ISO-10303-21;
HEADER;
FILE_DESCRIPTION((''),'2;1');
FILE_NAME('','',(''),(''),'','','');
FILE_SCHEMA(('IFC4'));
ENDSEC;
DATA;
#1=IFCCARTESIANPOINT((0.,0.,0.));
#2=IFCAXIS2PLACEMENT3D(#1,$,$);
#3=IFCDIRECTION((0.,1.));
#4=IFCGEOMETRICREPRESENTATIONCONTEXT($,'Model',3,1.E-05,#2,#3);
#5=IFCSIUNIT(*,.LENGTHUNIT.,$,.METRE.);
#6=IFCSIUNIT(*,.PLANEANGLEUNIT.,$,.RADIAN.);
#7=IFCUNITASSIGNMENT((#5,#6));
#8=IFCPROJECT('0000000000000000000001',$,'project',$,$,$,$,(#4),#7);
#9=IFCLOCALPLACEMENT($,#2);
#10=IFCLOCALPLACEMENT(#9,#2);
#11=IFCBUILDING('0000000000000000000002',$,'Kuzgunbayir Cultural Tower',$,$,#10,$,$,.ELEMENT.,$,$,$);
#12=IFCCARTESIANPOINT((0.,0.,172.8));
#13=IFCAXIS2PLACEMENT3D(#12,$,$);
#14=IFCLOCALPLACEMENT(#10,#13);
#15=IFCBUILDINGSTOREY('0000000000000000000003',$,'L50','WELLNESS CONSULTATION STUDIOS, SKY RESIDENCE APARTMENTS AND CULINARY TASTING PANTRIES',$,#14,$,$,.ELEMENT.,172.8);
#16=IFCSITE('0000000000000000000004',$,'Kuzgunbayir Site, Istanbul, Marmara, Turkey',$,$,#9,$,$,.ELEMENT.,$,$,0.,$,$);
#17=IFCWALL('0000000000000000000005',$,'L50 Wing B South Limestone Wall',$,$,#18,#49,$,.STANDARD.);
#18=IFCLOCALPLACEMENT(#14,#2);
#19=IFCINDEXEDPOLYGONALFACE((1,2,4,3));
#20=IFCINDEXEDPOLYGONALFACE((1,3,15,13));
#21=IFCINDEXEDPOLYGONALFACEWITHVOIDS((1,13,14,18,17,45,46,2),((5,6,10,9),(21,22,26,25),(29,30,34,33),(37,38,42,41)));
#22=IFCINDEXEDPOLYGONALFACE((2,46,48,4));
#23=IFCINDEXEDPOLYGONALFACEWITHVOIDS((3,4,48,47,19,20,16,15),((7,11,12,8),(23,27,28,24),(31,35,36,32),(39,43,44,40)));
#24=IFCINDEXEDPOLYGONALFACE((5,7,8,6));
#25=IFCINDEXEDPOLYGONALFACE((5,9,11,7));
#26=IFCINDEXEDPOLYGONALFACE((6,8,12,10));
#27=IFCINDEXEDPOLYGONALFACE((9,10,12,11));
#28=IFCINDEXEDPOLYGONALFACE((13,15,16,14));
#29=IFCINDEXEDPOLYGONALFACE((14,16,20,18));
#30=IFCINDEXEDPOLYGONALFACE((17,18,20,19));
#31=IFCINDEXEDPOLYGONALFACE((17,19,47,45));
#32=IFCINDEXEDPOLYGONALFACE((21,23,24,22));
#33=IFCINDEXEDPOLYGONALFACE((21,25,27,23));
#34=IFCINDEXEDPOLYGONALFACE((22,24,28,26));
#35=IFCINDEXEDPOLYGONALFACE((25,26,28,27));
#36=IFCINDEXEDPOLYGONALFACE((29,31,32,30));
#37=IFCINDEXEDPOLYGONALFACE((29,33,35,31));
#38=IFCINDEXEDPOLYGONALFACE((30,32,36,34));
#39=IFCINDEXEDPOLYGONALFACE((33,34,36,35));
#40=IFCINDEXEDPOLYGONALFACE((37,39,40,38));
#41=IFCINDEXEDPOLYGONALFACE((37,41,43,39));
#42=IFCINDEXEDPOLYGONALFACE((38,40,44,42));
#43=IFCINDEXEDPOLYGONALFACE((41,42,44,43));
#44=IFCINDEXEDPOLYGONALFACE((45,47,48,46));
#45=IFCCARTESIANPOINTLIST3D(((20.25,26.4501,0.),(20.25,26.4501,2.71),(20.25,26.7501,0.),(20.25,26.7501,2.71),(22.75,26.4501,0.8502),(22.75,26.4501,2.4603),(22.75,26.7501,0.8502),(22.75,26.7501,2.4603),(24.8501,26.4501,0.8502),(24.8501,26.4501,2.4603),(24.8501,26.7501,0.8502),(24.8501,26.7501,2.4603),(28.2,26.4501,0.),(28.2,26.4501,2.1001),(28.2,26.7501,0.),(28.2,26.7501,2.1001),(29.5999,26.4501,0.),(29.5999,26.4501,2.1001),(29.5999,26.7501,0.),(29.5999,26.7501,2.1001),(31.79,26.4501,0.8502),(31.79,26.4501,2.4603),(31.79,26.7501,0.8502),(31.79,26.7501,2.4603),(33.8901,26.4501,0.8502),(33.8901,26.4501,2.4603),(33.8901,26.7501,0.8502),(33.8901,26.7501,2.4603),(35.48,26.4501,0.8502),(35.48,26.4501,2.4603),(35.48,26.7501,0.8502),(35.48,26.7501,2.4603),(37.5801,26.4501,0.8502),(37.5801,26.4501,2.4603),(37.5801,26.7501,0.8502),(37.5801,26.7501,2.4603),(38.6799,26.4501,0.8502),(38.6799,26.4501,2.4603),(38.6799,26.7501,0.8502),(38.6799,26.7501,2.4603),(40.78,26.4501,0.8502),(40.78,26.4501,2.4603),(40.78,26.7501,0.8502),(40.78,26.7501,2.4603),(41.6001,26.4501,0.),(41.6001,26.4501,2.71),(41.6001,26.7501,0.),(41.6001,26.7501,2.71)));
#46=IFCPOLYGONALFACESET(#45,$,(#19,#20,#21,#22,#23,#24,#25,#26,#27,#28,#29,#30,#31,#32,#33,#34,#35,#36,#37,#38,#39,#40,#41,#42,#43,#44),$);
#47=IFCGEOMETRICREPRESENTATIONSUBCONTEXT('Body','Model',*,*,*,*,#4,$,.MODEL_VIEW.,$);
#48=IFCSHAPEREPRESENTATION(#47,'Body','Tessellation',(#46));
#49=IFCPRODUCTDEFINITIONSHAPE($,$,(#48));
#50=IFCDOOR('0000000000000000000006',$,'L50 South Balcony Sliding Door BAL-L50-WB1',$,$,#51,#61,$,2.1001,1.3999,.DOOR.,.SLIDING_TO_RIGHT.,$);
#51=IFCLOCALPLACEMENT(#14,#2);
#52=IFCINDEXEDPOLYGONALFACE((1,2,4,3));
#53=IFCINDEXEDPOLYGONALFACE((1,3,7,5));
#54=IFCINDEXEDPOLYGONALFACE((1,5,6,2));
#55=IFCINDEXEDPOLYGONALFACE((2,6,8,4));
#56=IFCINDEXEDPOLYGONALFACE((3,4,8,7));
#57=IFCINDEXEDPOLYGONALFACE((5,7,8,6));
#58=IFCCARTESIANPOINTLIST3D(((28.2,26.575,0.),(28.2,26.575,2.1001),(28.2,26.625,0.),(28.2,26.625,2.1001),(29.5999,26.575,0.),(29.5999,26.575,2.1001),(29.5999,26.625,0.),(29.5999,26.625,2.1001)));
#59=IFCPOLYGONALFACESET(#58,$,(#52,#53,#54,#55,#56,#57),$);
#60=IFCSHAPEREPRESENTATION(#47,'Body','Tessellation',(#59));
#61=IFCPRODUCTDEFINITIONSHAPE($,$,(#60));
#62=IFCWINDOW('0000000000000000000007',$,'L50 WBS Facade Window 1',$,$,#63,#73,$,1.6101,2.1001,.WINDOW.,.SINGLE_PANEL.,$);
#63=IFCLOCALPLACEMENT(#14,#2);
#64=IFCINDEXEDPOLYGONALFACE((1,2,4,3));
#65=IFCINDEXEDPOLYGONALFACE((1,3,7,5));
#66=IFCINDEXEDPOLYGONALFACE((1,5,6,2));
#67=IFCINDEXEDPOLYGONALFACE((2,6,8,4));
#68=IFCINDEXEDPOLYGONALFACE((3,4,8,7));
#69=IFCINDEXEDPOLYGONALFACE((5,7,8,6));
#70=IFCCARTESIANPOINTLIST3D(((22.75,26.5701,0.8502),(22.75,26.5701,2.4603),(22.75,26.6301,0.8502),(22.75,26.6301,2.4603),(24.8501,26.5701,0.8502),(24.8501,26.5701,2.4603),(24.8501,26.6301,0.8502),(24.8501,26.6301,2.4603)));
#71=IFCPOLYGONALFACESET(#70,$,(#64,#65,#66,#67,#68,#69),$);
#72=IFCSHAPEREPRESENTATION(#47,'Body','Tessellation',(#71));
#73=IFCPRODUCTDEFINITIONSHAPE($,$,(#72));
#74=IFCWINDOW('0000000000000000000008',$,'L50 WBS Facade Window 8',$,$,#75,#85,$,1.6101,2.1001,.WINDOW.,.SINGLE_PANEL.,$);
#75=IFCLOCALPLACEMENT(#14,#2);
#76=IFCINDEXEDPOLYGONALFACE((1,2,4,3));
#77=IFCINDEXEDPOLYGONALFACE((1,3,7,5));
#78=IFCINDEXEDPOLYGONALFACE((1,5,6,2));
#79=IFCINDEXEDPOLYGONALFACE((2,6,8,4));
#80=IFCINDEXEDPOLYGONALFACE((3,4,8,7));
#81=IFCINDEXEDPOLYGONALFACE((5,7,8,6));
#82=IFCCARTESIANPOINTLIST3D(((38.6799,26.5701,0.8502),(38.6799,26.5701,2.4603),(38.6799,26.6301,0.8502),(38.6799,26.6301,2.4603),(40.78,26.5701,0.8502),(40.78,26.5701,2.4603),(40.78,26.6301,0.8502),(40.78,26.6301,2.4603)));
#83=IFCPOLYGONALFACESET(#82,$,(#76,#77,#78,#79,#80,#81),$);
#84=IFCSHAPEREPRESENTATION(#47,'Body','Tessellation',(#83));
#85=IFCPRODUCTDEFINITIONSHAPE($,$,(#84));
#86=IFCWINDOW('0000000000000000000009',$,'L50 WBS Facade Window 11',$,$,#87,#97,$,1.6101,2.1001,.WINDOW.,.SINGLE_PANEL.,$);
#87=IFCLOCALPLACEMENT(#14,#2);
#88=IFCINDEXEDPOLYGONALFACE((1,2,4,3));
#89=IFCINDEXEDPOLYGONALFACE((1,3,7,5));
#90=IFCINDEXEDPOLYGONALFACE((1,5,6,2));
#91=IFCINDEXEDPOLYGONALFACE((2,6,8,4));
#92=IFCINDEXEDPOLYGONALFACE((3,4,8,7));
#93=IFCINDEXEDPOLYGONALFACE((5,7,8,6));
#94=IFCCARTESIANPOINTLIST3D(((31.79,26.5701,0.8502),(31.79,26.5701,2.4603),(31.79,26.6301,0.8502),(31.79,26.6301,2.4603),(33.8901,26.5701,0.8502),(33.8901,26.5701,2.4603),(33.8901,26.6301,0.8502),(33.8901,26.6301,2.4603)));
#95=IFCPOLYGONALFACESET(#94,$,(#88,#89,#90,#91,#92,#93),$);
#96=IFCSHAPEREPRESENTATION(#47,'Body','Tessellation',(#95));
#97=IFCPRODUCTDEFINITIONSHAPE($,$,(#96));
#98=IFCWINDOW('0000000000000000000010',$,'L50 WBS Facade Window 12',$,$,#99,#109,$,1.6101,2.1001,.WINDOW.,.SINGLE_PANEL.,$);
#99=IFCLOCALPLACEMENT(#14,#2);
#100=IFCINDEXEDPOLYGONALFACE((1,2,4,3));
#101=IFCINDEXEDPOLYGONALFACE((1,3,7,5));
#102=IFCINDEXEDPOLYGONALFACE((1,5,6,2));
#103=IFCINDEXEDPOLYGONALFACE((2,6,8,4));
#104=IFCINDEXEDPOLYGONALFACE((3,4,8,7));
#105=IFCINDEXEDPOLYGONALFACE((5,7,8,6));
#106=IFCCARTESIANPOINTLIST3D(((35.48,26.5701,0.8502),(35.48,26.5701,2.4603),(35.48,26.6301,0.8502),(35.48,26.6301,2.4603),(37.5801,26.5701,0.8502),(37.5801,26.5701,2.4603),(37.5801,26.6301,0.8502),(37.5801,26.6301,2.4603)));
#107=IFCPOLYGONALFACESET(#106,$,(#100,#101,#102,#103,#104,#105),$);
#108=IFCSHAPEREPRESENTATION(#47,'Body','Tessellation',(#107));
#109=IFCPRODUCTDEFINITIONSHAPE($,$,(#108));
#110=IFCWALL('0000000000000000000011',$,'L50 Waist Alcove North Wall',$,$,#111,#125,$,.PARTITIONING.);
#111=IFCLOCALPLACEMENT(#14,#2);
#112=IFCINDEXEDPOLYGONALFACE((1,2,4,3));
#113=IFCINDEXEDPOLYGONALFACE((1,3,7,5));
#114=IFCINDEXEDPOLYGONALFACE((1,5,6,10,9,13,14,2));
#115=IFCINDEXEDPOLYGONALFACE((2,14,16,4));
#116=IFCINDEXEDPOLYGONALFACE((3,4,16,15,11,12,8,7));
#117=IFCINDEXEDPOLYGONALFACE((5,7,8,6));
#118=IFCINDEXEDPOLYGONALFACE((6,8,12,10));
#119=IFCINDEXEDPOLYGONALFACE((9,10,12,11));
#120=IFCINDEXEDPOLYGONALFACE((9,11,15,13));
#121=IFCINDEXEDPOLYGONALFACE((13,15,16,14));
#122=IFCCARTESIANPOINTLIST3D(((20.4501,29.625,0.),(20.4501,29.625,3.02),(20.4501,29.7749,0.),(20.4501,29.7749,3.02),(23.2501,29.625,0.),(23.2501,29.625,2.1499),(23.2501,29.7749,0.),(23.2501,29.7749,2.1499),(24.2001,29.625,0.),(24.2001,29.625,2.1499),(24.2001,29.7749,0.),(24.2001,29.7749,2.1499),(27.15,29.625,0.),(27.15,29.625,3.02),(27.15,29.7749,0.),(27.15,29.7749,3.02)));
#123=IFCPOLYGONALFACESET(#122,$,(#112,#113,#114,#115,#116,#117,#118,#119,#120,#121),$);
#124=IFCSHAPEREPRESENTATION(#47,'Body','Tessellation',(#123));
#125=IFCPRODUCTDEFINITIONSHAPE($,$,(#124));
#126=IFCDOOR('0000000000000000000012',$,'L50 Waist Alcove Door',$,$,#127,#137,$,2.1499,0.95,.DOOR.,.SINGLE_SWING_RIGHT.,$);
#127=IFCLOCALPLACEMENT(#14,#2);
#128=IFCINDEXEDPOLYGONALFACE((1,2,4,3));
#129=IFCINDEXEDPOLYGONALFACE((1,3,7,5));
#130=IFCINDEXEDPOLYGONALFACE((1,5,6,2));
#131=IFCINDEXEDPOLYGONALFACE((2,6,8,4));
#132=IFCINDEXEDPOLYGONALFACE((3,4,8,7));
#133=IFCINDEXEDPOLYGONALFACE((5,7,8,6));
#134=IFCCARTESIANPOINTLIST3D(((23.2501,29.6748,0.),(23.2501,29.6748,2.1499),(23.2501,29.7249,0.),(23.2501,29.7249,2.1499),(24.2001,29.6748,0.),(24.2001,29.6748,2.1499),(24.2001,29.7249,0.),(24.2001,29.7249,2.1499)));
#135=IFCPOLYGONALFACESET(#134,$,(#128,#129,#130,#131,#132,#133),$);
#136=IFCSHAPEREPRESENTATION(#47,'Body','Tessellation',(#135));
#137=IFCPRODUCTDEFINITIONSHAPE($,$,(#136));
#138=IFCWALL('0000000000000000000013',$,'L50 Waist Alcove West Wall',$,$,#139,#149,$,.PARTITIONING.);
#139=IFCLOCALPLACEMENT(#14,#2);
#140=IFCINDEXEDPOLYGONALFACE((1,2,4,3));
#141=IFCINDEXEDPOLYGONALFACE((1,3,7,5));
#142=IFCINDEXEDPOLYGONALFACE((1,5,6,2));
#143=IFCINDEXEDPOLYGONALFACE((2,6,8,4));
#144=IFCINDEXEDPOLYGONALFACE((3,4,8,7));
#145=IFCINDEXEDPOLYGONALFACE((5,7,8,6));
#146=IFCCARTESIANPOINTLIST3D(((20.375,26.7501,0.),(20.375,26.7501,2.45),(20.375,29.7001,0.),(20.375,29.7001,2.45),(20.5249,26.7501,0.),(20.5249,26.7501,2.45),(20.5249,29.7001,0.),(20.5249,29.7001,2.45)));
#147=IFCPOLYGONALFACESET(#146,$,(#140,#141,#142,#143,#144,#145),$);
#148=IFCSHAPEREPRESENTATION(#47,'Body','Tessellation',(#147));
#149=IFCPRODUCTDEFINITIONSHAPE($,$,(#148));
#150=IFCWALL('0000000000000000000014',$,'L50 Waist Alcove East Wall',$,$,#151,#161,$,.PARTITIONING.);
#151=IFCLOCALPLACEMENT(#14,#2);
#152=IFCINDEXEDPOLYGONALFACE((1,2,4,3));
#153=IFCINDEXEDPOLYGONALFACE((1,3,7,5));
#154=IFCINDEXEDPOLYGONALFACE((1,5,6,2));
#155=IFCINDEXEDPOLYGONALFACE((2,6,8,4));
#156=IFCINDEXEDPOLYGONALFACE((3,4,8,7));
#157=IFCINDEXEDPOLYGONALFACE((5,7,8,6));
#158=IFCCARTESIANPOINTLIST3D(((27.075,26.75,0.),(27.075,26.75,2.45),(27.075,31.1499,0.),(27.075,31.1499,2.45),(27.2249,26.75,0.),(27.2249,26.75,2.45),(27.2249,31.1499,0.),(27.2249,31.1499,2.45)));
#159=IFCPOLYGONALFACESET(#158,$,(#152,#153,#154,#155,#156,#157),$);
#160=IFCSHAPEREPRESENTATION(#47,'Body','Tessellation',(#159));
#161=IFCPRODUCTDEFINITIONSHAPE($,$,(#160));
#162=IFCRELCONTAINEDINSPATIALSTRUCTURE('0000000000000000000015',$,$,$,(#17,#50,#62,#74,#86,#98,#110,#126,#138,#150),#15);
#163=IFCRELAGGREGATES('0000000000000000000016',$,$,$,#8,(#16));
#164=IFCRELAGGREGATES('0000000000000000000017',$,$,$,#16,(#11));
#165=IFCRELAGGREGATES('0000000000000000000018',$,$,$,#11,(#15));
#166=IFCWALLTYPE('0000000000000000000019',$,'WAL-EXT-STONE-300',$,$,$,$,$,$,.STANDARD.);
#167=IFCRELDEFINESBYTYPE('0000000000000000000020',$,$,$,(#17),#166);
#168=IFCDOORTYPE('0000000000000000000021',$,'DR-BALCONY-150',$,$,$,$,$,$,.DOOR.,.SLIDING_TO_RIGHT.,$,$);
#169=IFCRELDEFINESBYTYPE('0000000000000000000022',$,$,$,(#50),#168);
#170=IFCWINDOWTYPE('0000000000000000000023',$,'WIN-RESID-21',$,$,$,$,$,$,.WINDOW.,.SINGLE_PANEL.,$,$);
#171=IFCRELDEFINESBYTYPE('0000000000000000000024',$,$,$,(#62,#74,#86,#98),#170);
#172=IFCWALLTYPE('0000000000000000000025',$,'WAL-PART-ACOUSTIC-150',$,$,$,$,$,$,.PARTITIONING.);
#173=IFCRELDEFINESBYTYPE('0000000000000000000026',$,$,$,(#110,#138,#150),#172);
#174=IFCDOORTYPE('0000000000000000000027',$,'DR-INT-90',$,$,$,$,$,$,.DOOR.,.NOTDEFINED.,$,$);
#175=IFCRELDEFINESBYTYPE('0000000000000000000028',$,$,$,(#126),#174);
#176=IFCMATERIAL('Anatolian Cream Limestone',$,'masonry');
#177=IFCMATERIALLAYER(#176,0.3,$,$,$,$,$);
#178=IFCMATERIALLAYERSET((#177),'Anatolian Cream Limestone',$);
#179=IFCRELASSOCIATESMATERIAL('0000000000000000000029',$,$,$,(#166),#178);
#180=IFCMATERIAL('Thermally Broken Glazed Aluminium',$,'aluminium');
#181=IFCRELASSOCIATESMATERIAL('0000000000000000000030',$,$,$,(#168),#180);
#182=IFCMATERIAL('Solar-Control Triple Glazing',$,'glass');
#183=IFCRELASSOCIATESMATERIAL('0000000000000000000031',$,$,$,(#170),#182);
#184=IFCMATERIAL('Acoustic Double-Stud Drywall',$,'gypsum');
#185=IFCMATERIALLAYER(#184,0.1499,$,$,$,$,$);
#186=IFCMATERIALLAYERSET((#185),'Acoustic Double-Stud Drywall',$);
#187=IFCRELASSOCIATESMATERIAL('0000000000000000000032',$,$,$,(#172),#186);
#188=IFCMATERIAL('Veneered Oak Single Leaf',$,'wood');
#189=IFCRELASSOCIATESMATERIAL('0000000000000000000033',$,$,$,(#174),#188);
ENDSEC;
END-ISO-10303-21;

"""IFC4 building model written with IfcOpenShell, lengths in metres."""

from ifc_helpers import new_model, si_unit, direction, frame, frame_2d, origin, place, context, subcontext, project, spatial, rectangle, extrude, material, layer, layer_set, type_object, element, fill, save


model = new_model("IFC4")

# Units and contexts
model_context = context("Model", 3, precision=1e-05, world=origin(), true_north=direction((0.0, 1.0)))
body_context = subcontext(model_context, "Body", "Model", "MODEL_VIEW")
ifc_project = project(units=[si_unit("LENGTHUNIT", "METRE"), si_unit("PLANEANGLEUNIT", "RADIAN")], contexts=[model_context])

# Site, building, storey
site_placement = place(None, origin())
site = spatial("IfcSite", under=ifc_project, at=site_placement, Name="Kuzgunbayir Site, Istanbul, Marmara, Turkey", CompositionType="ELEMENT", RefElevation=0.0)
building_placement = place(site_placement, origin())
building = spatial("IfcBuilding", under=site, at=building_placement, Name="Kuzgunbayir Cultural Tower", CompositionType="ELEMENT")
storey_placement = place(building_placement, frame((0.0, 0.0, 172.8)))
storey = spatial("IfcBuildingStorey", under=building, at=storey_placement, Name="L50", Description="WELLNESS CONSULTATION STUDIOS, SKY RESIDENCE APARTMENTS AND CULINARY TASTING PANTRIES", CompositionType="ELEMENT", Elevation=172.8)

# Wall, openings, door, windows
ifc_material_1 = material(Name="Anatolian Cream Limestone", Category="masonry")
ifc_layer_1 = layer(ifc_material_1, 0.3)
ifc_layer_set_1 = layer_set([ifc_layer_1], Name="Anatolian Cream Limestone")
wall_type_1 = type_object("IfcWallType", Name="WAL-EXT-STONE-300", PredefinedType="STANDARD", material=ifc_layer_set_1)
wall_1_placement = place(storey_placement, frame((20.25, 26.6001, 0.0), z_axis=(0.0, 0.0, 1.0), x_axis=(1.0, 0.0, 0.0)))
wall_1 = element("IfcWall", 1, at=wall_1_placement, inside=storey, type_object=wall_type_1, Name="L50 Wing B South Limestone Wall", PredefinedType="STANDARD", context=body_context, shape_type="SweptSolid", body=[
    extrude(rectangle(XDim=21.3501, YDim=0.3, at=frame_2d((10.675, 0.0))), origin(), (0.0, 0.0, 1.0), 2.71),
])
opening_1_placement = place(wall_1_placement, frame((7.95, 0.0, 0.0)))
opening_1 = element("IfcOpeningElement", 2, at=opening_1_placement, cuts=wall_1, PredefinedType="OPENING", context=body_context, shape_type="SweptSolid", body=[
    extrude(rectangle(XDim=1.3999, YDim=2.1001, at=frame_2d((0.7, 1.05))), frame((0.0, 0.1602, 0.0), z_axis=(0.0, -1.0, 0.0), x_axis=(1.0, 0.0, 0.0)), (0.0, 0.0, 1.0), 0.3201),
])
opening_2_placement = place(wall_1_placement, frame((2.5, 0.0, 0.8501)))
opening_2 = element("IfcOpeningElement", 3, at=opening_2_placement, cuts=wall_1, PredefinedType="OPENING", context=body_context, shape_type="SweptSolid", body=[
    extrude(rectangle(XDim=2.1001, YDim=1.6101, at=frame_2d((1.05, 0.8052))), frame((0.0, 0.1602, 0.0), z_axis=(0.0, -1.0, 0.0), x_axis=(1.0, 0.0, 0.0)), (0.0, 0.0, 1.0), 0.3201),
])
opening_3_placement = place(wall_1_placement, frame((18.4299, 0.0, 0.8501)))
opening_3 = element("IfcOpeningElement", 4, at=opening_3_placement, cuts=wall_1, PredefinedType="OPENING", context=body_context, shape_type="SweptSolid", body=[
    extrude(rectangle(XDim=2.1001, YDim=1.6101, at=frame_2d((1.05, 0.8052))), frame((0.0, 0.1602, 0.0), z_axis=(0.0, -1.0, 0.0), x_axis=(1.0, 0.0, 0.0)), (0.0, 0.0, 1.0), 0.3201),
])
opening_4_placement = place(wall_1_placement, frame((11.54, 0.0, 0.8501)))
opening_4 = element("IfcOpeningElement", 5, at=opening_4_placement, cuts=wall_1, PredefinedType="OPENING", context=body_context, shape_type="SweptSolid", body=[
    extrude(rectangle(XDim=2.1001, YDim=1.6101, at=frame_2d((1.05, 0.8052))), frame((0.0, 0.1602, 0.0), z_axis=(0.0, -1.0, 0.0), x_axis=(1.0, 0.0, 0.0)), (0.0, 0.0, 1.0), 0.3201),
])
opening_5_placement = place(wall_1_placement, frame((15.23, 0.0, 0.8501)))
opening_5 = element("IfcOpeningElement", 6, at=opening_5_placement, cuts=wall_1, PredefinedType="OPENING", context=body_context, shape_type="SweptSolid", body=[
    extrude(rectangle(XDim=2.1001, YDim=1.6101, at=frame_2d((1.05, 0.8052))), frame((0.0, 0.1602, 0.0), z_axis=(0.0, -1.0, 0.0), x_axis=(1.0, 0.0, 0.0)), (0.0, 0.0, 1.0), 0.3201),
])
ifc_material_2 = material(Name="Thermally Broken Glazed Aluminium", Category="aluminium")
door_type_1 = type_object("IfcDoorType", Name="DR-BALCONY-150", OperationType="SLIDING_TO_RIGHT", PredefinedType="DOOR", material=ifc_material_2)
door_1_placement = place(opening_1_placement, origin())
door_1 = element("IfcDoor", 7, at=door_1_placement, inside=storey, type_object=door_type_1, Name="L50 South Balcony Sliding Door BAL-L50-WB1", OperationType="SLIDING_TO_RIGHT", OverallHeight=2.1001, OverallWidth=1.3999, PredefinedType="DOOR", context=body_context, shape_type="SweptSolid", body=[
    extrude(rectangle(XDim=1.3999, YDim=2.1001, at=frame_2d((0.7, 1.05))), frame((0.0, 0.0249, 0.0), z_axis=(0.0, -1.0, 0.0), x_axis=(1.0, 0.0, 0.0)), (0.0, 0.0, 1.0), 0.05),
])
fill(opening_1, door_1)
ifc_material_3 = material(Name="Solar-Control Triple Glazing", Category="glass")
window_type = type_object("IfcWindowType", Name="WIN-RESID-21", PartitioningType="SINGLE_PANEL", PredefinedType="WINDOW", material=ifc_material_3)
window_1_placement = place(opening_2_placement, origin())
window_1 = element("IfcWindow", 8, at=window_1_placement, inside=storey, type_object=window_type, Name="L50 WBS Facade Window 1", OverallHeight=1.6101, OverallWidth=2.1001, PartitioningType="SINGLE_PANEL", PredefinedType="WINDOW", context=body_context, shape_type="SweptSolid", body=[
    extrude(rectangle(XDim=2.1001, YDim=1.6101, at=frame_2d((1.05, 0.8052))), frame((0.0, 0.03, 0.0), z_axis=(0.0, -1.0, 0.0), x_axis=(1.0, 0.0, 0.0)), (0.0, 0.0, 1.0), 0.0601),
])
fill(opening_2, window_1)
window_2_placement = place(opening_3_placement, origin())
window_2 = element("IfcWindow", 9, at=window_2_placement, inside=storey, type_object=window_type, Name="L50 WBS Facade Window 8", OverallHeight=1.6101, OverallWidth=2.1001, PartitioningType="SINGLE_PANEL", PredefinedType="WINDOW", context=body_context, shape_type="SweptSolid", body=[
    extrude(rectangle(XDim=2.1001, YDim=1.6101, at=frame_2d((1.05, 0.8052))), frame((0.0, 0.03, 0.0), z_axis=(0.0, -1.0, 0.0), x_axis=(1.0, 0.0, 0.0)), (0.0, 0.0, 1.0), 0.0601),
])
fill(opening_3, window_2)
window_3_placement = place(opening_4_placement, origin())
window_3 = element("IfcWindow", 10, at=window_3_placement, inside=storey, type_object=window_type, Name="L50 WBS Facade Window 11", OverallHeight=1.6101, OverallWidth=2.1001, PartitioningType="SINGLE_PANEL", PredefinedType="WINDOW", context=body_context, shape_type="SweptSolid", body=[
    extrude(rectangle(XDim=2.1001, YDim=1.6101, at=frame_2d((1.05, 0.8052))), frame((0.0, 0.03, 0.0), z_axis=(0.0, -1.0, 0.0), x_axis=(1.0, 0.0, 0.0)), (0.0, 0.0, 1.0), 0.0601),
])
fill(opening_4, window_3)
window_4_placement = place(opening_5_placement, origin())
window_4 = element("IfcWindow", 11, at=window_4_placement, inside=storey, type_object=window_type, Name="L50 WBS Facade Window 12", OverallHeight=1.6101, OverallWidth=2.1001, PartitioningType="SINGLE_PANEL", PredefinedType="WINDOW", context=body_context, shape_type="SweptSolid", body=[
    extrude(rectangle(XDim=2.1001, YDim=1.6101, at=frame_2d((1.05, 0.8052))), frame((0.0, 0.03, 0.0), z_axis=(0.0, -1.0, 0.0), x_axis=(1.0, 0.0, 0.0)), (0.0, 0.0, 1.0), 0.0601),
])
fill(opening_5, window_4)

# Wall, opening, door
ifc_material_4 = material(Name="Acoustic Double-Stud Drywall", Category="gypsum")
ifc_layer_2 = layer(ifc_material_4, 0.1499)
ifc_layer_set_2 = layer_set([ifc_layer_2], Name="Acoustic Double-Stud Drywall")
wall_type_2 = type_object("IfcWallType", Name="WAL-PART-ACOUSTIC-150", PredefinedType="PARTITIONING", material=ifc_layer_set_2)
wall_2_placement = place(storey_placement, frame((20.45, 29.7, 0.0), z_axis=(0.0, 0.0, 1.0), x_axis=(1.0, 0.0, 0.0)))
wall_2 = element("IfcWall", 12, at=wall_2_placement, inside=storey, type_object=wall_type_2, Name="L50 Waist Alcove North Wall", PredefinedType="PARTITIONING", context=body_context, shape_type="SweptSolid", body=[
    extrude(rectangle(XDim=6.7, YDim=0.1499, at=frame_2d((3.3501, 0.0))), origin(), (0.0, 0.0, 1.0), 3.02),
])
opening_6_placement = place(wall_2_placement, frame((2.8, 0.0, 0.0)))
opening_6 = element("IfcOpeningElement", 13, at=opening_6_placement, cuts=wall_2, PredefinedType="OPENING", context=body_context, shape_type="SweptSolid", body=[
    extrude(rectangle(XDim=0.95, YDim=2.1499, at=frame_2d((0.4751, 1.075))), frame((0.0, 0.085, 0.0), z_axis=(0.0, -1.0, 0.0), x_axis=(1.0, 0.0, 0.0)), (0.0, 0.0, 1.0), 0.1699),
])
ifc_material_5 = material(Name="Veneered Oak Single Leaf", Category="wood")
door_type_2 = type_object("IfcDoorType", Name="DR-INT-90", OperationType="NOTDEFINED", PredefinedType="DOOR", material=ifc_material_5)
door_2_placement = place(opening_6_placement, origin())
door_2 = element("IfcDoor", 14, at=door_2_placement, inside=storey, type_object=door_type_2, Name="L50 Waist Alcove Door", OperationType="SINGLE_SWING_RIGHT", OverallHeight=2.1499, OverallWidth=0.95, PredefinedType="DOOR", context=body_context, shape_type="SweptSolid", body=[
    extrude(rectangle(XDim=0.95, YDim=2.1499, at=frame_2d((0.4751, 1.075))), frame((0.0, 0.0249, 0.0), z_axis=(0.0, -1.0, 0.0), x_axis=(1.0, 0.0, 0.0)), (0.0, 0.0, 1.0), 0.05),
])
fill(opening_6, door_2)

# Walls
wall_3_placement = place(storey_placement, frame((20.45, 26.75, 0.0), z_axis=(0.0, 0.0, 1.0), x_axis=(0.0, 1.0, 0.0)))
element("IfcWall", 15, at=wall_3_placement, inside=storey, type_object=wall_type_2, Name="L50 Waist Alcove West Wall", PredefinedType="PARTITIONING", context=body_context, shape_type="SweptSolid", body=[
    extrude(rectangle(XDim=2.95, YDim=0.1499, at=frame_2d((1.4751, 0.0))), origin(), (0.0, 0.0, 1.0), 2.45),
])
wall_4_placement = place(storey_placement, frame((27.1499, 26.75, 0.0), z_axis=(0.0, 0.0, 1.0), x_axis=(0.0, 1.0, 0.0)))
element("IfcWall", 16, at=wall_4_placement, inside=storey, type_object=wall_type_2, Name="L50 Waist Alcove East Wall", PredefinedType="PARTITIONING", context=body_context, shape_type="SweptSolid", body=[
    extrude(rectangle(XDim=4.3999, YDim=0.1499, at=frame_2d((2.2, 0.0))), origin(), (0.0, 0.0, 1.0), 2.45),
])

save(model, "model.ifc")
